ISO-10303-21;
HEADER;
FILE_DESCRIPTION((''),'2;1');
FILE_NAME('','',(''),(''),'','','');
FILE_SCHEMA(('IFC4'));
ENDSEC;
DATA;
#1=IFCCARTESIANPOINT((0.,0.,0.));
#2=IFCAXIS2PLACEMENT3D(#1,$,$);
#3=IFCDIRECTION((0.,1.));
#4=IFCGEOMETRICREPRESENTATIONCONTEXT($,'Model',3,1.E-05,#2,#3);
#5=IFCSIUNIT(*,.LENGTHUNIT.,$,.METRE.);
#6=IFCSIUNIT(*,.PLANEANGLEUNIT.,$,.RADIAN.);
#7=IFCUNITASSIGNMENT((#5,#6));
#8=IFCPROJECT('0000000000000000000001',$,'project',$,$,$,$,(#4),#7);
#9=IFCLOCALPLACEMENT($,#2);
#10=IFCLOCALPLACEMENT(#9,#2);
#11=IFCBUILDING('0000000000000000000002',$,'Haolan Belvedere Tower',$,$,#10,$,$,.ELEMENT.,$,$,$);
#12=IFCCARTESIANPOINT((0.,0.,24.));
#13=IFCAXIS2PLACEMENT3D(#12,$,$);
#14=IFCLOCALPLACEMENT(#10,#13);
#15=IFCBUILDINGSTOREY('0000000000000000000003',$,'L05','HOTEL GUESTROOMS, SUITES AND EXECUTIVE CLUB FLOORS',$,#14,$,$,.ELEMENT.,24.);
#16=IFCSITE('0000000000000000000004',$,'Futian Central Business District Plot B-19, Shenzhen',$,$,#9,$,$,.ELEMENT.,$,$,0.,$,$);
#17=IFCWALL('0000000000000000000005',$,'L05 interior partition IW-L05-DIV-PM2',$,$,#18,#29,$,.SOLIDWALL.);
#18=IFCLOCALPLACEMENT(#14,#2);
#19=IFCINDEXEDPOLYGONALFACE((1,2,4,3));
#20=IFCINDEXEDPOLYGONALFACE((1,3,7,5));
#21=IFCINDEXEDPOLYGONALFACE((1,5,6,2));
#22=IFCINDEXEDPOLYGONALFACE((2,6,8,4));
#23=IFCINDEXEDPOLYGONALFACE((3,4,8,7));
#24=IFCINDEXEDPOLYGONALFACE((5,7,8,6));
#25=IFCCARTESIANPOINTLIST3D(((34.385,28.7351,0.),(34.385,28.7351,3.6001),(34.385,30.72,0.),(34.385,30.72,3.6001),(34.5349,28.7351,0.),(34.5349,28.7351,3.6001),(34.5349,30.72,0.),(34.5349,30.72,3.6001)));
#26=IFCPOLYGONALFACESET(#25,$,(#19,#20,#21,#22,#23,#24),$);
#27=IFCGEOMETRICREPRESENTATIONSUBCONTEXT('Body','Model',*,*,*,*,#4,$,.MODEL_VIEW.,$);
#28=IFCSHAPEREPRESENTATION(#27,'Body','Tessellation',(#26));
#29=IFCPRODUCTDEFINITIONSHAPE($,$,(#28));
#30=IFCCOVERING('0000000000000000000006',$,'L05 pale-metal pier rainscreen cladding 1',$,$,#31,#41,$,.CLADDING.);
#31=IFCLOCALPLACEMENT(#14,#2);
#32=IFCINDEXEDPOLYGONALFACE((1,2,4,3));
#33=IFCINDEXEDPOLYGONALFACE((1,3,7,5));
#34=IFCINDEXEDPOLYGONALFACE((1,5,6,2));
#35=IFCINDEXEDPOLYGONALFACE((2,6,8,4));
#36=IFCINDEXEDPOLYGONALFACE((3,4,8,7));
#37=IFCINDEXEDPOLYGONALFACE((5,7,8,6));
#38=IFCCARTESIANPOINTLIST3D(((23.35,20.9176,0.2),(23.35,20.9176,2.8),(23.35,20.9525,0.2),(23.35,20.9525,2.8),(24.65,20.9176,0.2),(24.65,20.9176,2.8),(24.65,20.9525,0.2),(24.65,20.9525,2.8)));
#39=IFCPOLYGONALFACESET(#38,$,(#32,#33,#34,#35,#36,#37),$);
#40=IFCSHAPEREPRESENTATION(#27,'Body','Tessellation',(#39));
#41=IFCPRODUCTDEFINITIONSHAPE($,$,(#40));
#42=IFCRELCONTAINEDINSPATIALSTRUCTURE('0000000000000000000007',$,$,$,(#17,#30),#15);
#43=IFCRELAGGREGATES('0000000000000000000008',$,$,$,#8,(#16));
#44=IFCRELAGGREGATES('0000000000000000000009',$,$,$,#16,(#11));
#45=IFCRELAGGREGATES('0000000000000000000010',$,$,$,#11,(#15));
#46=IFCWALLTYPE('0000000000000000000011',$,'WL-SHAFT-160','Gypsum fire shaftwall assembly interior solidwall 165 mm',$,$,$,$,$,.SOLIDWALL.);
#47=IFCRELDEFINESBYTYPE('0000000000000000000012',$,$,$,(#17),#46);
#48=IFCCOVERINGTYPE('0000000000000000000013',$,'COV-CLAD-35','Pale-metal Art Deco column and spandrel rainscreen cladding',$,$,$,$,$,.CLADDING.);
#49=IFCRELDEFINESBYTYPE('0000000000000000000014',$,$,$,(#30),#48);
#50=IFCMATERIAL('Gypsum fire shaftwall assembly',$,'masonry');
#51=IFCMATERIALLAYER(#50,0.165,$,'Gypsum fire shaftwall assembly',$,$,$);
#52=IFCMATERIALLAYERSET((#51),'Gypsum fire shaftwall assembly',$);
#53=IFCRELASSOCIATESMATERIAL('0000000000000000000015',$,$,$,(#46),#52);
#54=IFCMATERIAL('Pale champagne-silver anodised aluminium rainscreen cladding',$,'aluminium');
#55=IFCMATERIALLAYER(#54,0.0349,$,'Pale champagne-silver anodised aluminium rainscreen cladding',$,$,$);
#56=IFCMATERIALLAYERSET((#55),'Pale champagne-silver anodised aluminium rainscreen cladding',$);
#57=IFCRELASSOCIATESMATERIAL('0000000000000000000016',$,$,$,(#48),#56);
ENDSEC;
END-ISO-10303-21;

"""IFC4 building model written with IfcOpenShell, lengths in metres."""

from ifc_helpers import new_model, si_unit, direction, frame, frame_2d, origin, origin_2d, place, context, subcontext, project, spatial, rectangle, extrude, material, layer, layer_set, type_object, element, save


model = new_model("IFC4")

# Units and contexts
model_context = context("Model", 3, precision=1e-05, world=origin(), true_north=direction((0.0, 1.0)))
body_context = subcontext(model_context, "Body", "Model", "MODEL_VIEW")
ifc_project = project(units=[si_unit("LENGTHUNIT", "METRE"), si_unit("PLANEANGLEUNIT", "RADIAN")], contexts=[model_context])

# Site, building, storey
site_placement = place(None, origin())
site = spatial("IfcSite", under=ifc_project, at=site_placement, Name="Futian Central Business District Plot B-19, Shenzhen", CompositionType="ELEMENT", RefElevation=0.0)
building_placement = place(site_placement, origin())
building = spatial("IfcBuilding", under=site, at=building_placement, Name="Haolan Belvedere Tower", CompositionType="ELEMENT")
storey_placement = place(building_placement, frame((0.0, 0.0, 24.0)))
storey = spatial("IfcBuildingStorey", under=building, at=storey_placement, Name="L05", Description="HOTEL GUESTROOMS, SUITES AND EXECUTIVE CLUB FLOORS", CompositionType="ELEMENT", Elevation=24.0)

# Wall
ifc_material_1 = material(Name="Gypsum fire shaftwall assembly", Category="masonry")
ifc_layer_1 = layer(ifc_material_1, 0.165, Name="Gypsum fire shaftwall assembly")
ifc_layer_set_1 = layer_set([ifc_layer_1], Name="Gypsum fire shaftwall assembly")
wall_type_1 = type_object("IfcWallType", Name="WL-SHAFT-160", Description="Gypsum fire shaftwall assembly interior solidwall 165 mm", PredefinedType="SOLIDWALL", material=ifc_layer_set_1)
for number, where, z_axis, x_axis, name in (
    (1, (34.46, 28.7351, 0.0), (0.0, 0.0, 1.0), (0.0, 1.0, 0.0), "L05 interior partition IW-L05-DIV-PM2"),
):
    element("IfcWall", number, at=place(storey_placement, frame(where, z_axis=z_axis, x_axis=x_axis)), inside=storey, type_object=wall_type_1, Name=name, PredefinedType="SOLIDWALL", context=body_context, shape_type="SweptSolid", body=[
        extrude(rectangle(XDim=1.9849, YDim=0.1499, at=frame_2d((0.9924, 0.0))), origin(), (0.0, 0.0, 1.0), 3.6001),
    ])

# Covering
ifc_material_2 = material(Name="Pale champagne-silver anodised aluminium rainscreen cladding", Category="aluminium")
ifc_layer_2 = layer(ifc_material_2, 0.0349, Name="Pale champagne-silver anodised aluminium rainscreen cladding")
ifc_layer_set_2 = layer_set([ifc_layer_2], Name="Pale champagne-silver anodised aluminium rainscreen cladding")
covering_type = type_object("IfcCoveringType", Name="COV-CLAD-35", Description="Pale-metal Art Deco column and spandrel rainscreen cladding", PredefinedType="CLADDING", material=ifc_layer_set_2)
covering_placement = place(storey_placement, frame((24.0, 20.9351, 0.2), z_axis=(0.0, 0.0, 1.0), x_axis=(1.0, 0.0, 0.0)))
element("IfcCovering", 2, at=covering_placement, inside=storey, type_object=covering_type, Name="L05 pale-metal pier rainscreen cladding 1", PredefinedType="CLADDING", context=body_context, shape_type="SweptSolid", body=[
    extrude(rectangle(XDim=1.3, YDim=0.0349, at=origin_2d()), origin(), (0.0, 0.0, 1.0), 2.6001),
])

save(model, "model.ifc")
